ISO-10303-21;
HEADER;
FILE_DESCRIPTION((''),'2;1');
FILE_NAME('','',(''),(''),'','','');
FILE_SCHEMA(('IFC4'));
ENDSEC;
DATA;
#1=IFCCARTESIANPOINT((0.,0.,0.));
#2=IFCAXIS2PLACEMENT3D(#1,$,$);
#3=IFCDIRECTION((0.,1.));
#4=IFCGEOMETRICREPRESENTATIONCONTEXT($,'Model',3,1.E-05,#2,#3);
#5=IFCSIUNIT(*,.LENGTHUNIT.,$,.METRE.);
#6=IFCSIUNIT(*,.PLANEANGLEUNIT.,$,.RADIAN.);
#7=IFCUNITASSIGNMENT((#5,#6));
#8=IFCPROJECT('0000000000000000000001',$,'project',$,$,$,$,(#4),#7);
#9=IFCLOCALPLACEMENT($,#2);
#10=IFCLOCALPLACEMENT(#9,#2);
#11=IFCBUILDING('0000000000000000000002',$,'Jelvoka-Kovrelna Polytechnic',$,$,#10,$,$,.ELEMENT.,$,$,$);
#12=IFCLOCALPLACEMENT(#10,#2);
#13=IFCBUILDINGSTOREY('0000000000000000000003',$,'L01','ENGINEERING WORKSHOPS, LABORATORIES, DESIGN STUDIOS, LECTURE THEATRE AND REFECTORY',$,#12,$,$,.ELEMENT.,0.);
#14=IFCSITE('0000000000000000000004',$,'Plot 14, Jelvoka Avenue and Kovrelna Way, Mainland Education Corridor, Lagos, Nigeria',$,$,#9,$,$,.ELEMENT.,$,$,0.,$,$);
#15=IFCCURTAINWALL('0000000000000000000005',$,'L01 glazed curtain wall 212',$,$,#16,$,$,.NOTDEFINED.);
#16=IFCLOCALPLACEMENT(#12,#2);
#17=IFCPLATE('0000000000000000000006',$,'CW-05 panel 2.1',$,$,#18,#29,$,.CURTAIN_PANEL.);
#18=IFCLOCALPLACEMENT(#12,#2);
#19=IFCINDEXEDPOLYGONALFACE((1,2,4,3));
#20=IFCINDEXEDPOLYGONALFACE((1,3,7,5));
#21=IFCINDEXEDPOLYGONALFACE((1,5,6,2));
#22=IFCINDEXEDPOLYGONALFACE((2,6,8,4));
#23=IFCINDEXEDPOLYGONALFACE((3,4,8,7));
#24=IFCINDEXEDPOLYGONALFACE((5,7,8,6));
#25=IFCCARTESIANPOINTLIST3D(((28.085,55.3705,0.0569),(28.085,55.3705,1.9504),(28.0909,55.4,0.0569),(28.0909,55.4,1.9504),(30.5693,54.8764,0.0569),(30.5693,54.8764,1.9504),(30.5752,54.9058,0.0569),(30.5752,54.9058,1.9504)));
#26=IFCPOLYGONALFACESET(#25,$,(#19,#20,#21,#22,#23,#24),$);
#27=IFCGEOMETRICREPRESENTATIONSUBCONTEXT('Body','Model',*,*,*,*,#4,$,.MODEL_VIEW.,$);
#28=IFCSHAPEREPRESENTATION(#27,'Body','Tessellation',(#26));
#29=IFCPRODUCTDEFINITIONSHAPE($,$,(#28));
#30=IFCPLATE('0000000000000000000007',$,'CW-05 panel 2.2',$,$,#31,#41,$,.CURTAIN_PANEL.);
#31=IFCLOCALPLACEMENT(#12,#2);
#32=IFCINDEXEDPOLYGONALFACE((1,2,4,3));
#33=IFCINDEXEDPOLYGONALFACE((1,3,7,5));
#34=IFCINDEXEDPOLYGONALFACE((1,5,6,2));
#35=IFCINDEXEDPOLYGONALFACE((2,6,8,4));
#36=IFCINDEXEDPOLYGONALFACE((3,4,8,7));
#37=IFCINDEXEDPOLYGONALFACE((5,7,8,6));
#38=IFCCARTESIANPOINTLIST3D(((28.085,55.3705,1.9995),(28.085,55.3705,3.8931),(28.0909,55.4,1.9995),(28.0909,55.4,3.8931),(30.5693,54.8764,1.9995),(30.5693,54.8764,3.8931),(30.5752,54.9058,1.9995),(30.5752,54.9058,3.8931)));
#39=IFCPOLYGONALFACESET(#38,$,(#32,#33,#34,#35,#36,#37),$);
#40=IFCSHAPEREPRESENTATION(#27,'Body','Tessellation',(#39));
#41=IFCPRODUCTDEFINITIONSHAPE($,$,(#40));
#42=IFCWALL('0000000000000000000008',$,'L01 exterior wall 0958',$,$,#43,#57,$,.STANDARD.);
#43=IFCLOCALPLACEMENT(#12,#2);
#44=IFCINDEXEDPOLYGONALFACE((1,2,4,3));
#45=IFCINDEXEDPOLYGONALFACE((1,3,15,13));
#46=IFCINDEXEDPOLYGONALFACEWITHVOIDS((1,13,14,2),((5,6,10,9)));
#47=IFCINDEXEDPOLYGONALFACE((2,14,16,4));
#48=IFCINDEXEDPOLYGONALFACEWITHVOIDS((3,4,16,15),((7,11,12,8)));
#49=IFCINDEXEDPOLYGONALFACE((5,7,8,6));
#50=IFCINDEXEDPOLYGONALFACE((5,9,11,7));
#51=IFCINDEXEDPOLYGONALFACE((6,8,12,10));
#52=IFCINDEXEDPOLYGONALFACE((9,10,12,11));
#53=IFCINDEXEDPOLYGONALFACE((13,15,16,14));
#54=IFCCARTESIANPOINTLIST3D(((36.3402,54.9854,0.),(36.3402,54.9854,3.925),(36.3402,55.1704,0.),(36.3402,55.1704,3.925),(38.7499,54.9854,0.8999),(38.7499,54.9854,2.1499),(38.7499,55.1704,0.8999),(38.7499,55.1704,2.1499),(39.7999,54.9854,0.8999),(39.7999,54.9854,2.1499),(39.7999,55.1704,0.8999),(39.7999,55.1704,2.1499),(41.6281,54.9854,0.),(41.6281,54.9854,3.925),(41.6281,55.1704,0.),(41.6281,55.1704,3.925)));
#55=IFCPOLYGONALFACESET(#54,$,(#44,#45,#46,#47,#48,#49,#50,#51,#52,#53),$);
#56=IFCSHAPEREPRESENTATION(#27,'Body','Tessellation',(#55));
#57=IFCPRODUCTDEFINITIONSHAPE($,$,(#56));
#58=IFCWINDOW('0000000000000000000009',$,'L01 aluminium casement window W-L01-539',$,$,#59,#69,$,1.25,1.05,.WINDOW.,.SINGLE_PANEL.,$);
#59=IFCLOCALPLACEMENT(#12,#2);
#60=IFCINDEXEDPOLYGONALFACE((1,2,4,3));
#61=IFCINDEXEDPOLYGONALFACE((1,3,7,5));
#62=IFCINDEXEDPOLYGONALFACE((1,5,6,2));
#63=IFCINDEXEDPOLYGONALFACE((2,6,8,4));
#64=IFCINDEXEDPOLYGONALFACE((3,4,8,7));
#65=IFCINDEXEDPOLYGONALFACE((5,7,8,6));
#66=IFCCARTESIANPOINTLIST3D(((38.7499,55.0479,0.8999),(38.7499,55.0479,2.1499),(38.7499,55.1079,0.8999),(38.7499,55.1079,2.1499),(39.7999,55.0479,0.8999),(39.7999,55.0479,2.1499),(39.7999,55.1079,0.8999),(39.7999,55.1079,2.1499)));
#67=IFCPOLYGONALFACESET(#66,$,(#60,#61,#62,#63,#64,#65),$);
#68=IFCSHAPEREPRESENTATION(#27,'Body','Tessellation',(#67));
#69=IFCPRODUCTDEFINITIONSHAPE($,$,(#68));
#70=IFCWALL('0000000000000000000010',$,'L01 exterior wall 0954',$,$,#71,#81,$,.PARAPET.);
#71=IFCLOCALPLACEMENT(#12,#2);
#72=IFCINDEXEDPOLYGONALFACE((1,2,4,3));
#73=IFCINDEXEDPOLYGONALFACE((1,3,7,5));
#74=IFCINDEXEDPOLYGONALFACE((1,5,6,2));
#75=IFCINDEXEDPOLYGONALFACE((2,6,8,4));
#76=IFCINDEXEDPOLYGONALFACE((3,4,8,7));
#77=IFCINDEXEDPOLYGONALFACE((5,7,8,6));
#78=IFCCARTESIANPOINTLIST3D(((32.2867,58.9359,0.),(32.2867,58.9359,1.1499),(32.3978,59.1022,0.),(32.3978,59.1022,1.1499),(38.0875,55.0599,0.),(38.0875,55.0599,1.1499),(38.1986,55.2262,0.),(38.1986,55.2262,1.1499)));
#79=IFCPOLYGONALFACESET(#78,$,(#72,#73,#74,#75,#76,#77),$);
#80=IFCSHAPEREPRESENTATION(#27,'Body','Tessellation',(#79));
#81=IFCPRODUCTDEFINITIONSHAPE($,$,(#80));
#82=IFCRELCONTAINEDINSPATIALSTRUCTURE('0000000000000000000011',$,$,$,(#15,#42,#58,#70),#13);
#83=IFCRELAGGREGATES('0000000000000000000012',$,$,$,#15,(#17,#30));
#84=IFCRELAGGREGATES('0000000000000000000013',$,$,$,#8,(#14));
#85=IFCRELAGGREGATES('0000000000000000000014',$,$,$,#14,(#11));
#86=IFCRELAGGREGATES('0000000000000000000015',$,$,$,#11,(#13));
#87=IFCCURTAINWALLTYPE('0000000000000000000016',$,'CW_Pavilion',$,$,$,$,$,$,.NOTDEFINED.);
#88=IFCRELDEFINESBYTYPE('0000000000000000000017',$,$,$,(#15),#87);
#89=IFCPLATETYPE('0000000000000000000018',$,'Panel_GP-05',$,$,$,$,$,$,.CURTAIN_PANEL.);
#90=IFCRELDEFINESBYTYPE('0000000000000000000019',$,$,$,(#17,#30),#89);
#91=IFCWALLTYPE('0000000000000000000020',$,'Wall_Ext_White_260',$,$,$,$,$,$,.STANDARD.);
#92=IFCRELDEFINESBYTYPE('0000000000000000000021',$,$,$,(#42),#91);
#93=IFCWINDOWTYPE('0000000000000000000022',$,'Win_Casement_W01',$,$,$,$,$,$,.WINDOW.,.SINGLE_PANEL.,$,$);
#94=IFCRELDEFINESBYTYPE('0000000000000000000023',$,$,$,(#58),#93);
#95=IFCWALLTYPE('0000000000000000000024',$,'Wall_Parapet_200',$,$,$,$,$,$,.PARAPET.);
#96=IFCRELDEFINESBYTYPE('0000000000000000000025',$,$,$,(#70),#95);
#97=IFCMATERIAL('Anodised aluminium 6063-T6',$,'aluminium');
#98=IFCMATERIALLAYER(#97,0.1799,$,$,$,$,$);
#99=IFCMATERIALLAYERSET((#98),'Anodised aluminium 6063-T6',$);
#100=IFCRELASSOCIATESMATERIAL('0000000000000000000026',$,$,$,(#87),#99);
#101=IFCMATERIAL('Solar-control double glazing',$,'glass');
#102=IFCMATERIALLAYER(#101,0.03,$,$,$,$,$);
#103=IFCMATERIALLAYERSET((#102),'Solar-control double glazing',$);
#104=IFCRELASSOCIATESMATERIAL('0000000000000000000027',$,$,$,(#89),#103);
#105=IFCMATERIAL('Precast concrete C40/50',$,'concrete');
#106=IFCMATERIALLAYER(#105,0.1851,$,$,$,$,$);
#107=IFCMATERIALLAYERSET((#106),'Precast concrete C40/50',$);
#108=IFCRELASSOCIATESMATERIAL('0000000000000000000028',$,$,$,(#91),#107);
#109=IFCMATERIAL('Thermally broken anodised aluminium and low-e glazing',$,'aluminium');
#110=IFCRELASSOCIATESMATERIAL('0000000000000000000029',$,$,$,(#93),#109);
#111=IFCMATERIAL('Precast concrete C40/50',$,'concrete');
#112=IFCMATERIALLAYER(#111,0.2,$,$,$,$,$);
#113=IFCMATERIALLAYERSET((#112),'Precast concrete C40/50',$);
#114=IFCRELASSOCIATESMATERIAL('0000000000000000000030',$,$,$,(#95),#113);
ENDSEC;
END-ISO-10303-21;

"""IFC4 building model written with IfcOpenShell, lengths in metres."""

from ifc_helpers import new_model, si_unit, direction, frame, frame_2d, origin, origin_2d, place, context, subcontext, project, spatial, rectangle, extrude, material, layer, layer_set, type_object, element, fill, aggregate, save


model = new_model("IFC4")

# Units and contexts
model_context = context("Model", 3, precision=1e-05, world=origin(), true_north=direction((0.0, 1.0)))
body_context = subcontext(model_context, "Body", "Model", "MODEL_VIEW")
ifc_project = project(units=[si_unit("LENGTHUNIT", "METRE"), si_unit("PLANEANGLEUNIT", "RADIAN")], contexts=[model_context])

# Site, building, storey
site_placement = place(None, origin())
site = spatial("IfcSite", under=ifc_project, at=site_placement, Name="Plot 14, Jelvoka Avenue and Kovrelna Way, Mainland Education Corridor, Lagos, Nigeria", CompositionType="ELEMENT", RefElevation=0.0)
building_placement = place(site_placement, origin())
building = spatial("IfcBuilding", under=site, at=building_placement, Name="Jelvoka-Kovrelna Polytechnic", CompositionType="ELEMENT")
storey_placement = place(building_placement, origin())
storey = spatial("IfcBuildingStorey", under=building, at=storey_placement, Name="L01", Description="ENGINEERING WORKSHOPS, LABORATORIES, DESIGN STUDIOS, LECTURE THEATRE AND REFECTORY", CompositionType="ELEMENT", Elevation=0.0)

# Shared definitions
ifc_material_1 = material(Name="Anodised aluminium 6063-T6", Category="aluminium")
ifc_layer_1 = layer(ifc_material_1, 0.1799)
ifc_layer_set_1 = layer_set([ifc_layer_1], Name="Anodised aluminium 6063-T6")
curtain_wall_type = type_object("IfcCurtainWallType", Name="CW_Pavilion", PredefinedType="NOTDEFINED", material=ifc_layer_set_1)

# Curtain wall
curtain_wall_1_placement = place(storey_placement, origin())
curtain_wall_1 = element("IfcCurtainWall", 1, at=curtain_wall_1_placement, inside=storey, type_object=curtain_wall_type, Name="L01 glazed curtain wall 212", PredefinedType="NOTDEFINED")

# Plates
ifc_material_2 = material(Name="Solar-control double glazing", Category="glass")
ifc_layer_2 = layer(ifc_material_2, 0.03)
ifc_layer_set_2 = layer_set([ifc_layer_2], Name="Solar-control double glazing")
plate_type = type_object("IfcPlateType", Name="Panel_GP-05", PredefinedType="CURTAIN_PANEL", material=ifc_layer_set_2)
plate_1_placement = place(storey_placement, frame((29.3301, 55.1382, 0.0569), z_axis=(0.0, 0.0, 1.0), x_axis=(0.980786, -0.195086, 0.0)))
plate_1 = element("IfcPlate", 2, at=plate_1_placement, type_object=plate_type, Name="CW-05 panel 2.1", PredefinedType="CURTAIN_PANEL", context=body_context, shape_type="SweptSolid", body=[
    extrude(rectangle(XDim=2.533, YDim=0.03, at=origin_2d()), origin(), (0.0, 0.0, 1.0), 1.8936),
])
plate_2_placement = place(storey_placement, frame((29.3301, 55.1382, 1.9995), z_axis=(0.0, 0.0, 1.0), x_axis=(0.980786, -0.195086, 0.0)))
plate_2 = element("IfcPlate", 3, at=plate_2_placement, type_object=plate_type, Name="CW-05 panel 2.2", PredefinedType="CURTAIN_PANEL", context=body_context, shape_type="SweptSolid", body=[
    extrude(rectangle(XDim=2.533, YDim=0.03, at=origin_2d()), origin(), (0.0, 0.0, 1.0), 1.8936),
])
aggregate(curtain_wall_1, [plate_1, plate_2])

# Wall, opening, window
ifc_material_3 = material(Name="Precast concrete C40/50", Category="concrete")
ifc_layer_3 = layer(ifc_material_3, 0.1851)
ifc_layer_set_3 = layer_set([ifc_layer_3], Name="Precast concrete C40/50")
wall_type_1 = type_object("IfcWallType", Name="Wall_Ext_White_260", PredefinedType="STANDARD", material=ifc_layer_set_3)
wall_1_placement = place(storey_placement, frame((36.3401, 55.0779, 0.0), z_axis=(0.0, 0.0, 1.0), x_axis=(1.0, 0.0, 0.0)))
wall_1 = element("IfcWall", 4, at=wall_1_placement, inside=storey, type_object=wall_type_1, Name="L01 exterior wall 0958", PredefinedType="STANDARD", context=body_context, shape_type="SweptSolid", body=[
    extrude(rectangle(XDim=5.2878, YDim=0.1851, at=frame_2d((2.644, 0.0))), origin(), (0.0, 0.0, 1.0), 3.925),
])
opening_placement = place(wall_1_placement, frame((2.4099, 0.0, 0.8999)))
opening = element("IfcOpeningElement", 5, at=opening_placement, cuts=wall_1, PredefinedType="OPENING", context=body_context, shape_type="SweptSolid", body=[
    extrude(rectangle(XDim=1.05, YDim=1.25, at=frame_2d((0.5249, 0.625))), frame((0.0, 0.1025, 0.0), z_axis=(0.0, -1.0, 0.0), x_axis=(1.0, 0.0, 0.0)), (0.0, 0.0, 1.0), 0.2051),
])
ifc_material_4 = material(Name="Thermally broken anodised aluminium and low-e glazing", Category="aluminium")
window_type = type_object("IfcWindowType", Name="Win_Casement_W01", PartitioningType="SINGLE_PANEL", PredefinedType="WINDOW", material=ifc_material_4)
window_placement = place(opening_placement, origin())
window = element("IfcWindow", 6, at=window_placement, inside=storey, type_object=window_type, Name="L01 aluminium casement window W-L01-539", OverallHeight=1.25, OverallWidth=1.05, PartitioningType="SINGLE_PANEL", PredefinedType="WINDOW", context=body_context, shape_type="SweptSolid", body=[
    extrude(rectangle(XDim=1.05, YDim=1.25, at=frame_2d((0.5249, 0.625))), frame((0.0, 0.03, 0.0), z_axis=(0.0, -1.0, 0.0), x_axis=(1.0, 0.0, 0.0)), (0.0, 0.0, 1.0), 0.0601),
])
fill(opening, window)

# Wall
ifc_material_5 = material(Name="Precast concrete C40/50", Category="concrete")
ifc_layer_4 = layer(ifc_material_5, 0.2)
ifc_layer_set_4 = layer_set([ifc_layer_4], Name="Precast concrete C40/50")
wall_type_2 = type_object("IfcWallType", Name="Wall_Parapet_200", PredefinedType="PARAPET", material=ifc_layer_set_4)
wall_2_placement = place(storey_placement, frame((38.1431, 55.1431, 0.0), z_axis=(0.0, 0.0, 1.0), x_axis=(-0.831468, 0.555572, 0.0)))
element("IfcWall", 7, at=wall_2_placement, inside=storey, type_object=wall_type_2, Name="L01 exterior wall 0954", PredefinedType="PARAPET", context=body_context, shape_type="SweptSolid", body=[
    extrude(rectangle(XDim=6.9766, YDim=0.2, at=frame_2d((3.4883, 0.0))), origin(), (0.0, 0.0, 1.0), 1.1499),
])

save(model, "model.ifc")
